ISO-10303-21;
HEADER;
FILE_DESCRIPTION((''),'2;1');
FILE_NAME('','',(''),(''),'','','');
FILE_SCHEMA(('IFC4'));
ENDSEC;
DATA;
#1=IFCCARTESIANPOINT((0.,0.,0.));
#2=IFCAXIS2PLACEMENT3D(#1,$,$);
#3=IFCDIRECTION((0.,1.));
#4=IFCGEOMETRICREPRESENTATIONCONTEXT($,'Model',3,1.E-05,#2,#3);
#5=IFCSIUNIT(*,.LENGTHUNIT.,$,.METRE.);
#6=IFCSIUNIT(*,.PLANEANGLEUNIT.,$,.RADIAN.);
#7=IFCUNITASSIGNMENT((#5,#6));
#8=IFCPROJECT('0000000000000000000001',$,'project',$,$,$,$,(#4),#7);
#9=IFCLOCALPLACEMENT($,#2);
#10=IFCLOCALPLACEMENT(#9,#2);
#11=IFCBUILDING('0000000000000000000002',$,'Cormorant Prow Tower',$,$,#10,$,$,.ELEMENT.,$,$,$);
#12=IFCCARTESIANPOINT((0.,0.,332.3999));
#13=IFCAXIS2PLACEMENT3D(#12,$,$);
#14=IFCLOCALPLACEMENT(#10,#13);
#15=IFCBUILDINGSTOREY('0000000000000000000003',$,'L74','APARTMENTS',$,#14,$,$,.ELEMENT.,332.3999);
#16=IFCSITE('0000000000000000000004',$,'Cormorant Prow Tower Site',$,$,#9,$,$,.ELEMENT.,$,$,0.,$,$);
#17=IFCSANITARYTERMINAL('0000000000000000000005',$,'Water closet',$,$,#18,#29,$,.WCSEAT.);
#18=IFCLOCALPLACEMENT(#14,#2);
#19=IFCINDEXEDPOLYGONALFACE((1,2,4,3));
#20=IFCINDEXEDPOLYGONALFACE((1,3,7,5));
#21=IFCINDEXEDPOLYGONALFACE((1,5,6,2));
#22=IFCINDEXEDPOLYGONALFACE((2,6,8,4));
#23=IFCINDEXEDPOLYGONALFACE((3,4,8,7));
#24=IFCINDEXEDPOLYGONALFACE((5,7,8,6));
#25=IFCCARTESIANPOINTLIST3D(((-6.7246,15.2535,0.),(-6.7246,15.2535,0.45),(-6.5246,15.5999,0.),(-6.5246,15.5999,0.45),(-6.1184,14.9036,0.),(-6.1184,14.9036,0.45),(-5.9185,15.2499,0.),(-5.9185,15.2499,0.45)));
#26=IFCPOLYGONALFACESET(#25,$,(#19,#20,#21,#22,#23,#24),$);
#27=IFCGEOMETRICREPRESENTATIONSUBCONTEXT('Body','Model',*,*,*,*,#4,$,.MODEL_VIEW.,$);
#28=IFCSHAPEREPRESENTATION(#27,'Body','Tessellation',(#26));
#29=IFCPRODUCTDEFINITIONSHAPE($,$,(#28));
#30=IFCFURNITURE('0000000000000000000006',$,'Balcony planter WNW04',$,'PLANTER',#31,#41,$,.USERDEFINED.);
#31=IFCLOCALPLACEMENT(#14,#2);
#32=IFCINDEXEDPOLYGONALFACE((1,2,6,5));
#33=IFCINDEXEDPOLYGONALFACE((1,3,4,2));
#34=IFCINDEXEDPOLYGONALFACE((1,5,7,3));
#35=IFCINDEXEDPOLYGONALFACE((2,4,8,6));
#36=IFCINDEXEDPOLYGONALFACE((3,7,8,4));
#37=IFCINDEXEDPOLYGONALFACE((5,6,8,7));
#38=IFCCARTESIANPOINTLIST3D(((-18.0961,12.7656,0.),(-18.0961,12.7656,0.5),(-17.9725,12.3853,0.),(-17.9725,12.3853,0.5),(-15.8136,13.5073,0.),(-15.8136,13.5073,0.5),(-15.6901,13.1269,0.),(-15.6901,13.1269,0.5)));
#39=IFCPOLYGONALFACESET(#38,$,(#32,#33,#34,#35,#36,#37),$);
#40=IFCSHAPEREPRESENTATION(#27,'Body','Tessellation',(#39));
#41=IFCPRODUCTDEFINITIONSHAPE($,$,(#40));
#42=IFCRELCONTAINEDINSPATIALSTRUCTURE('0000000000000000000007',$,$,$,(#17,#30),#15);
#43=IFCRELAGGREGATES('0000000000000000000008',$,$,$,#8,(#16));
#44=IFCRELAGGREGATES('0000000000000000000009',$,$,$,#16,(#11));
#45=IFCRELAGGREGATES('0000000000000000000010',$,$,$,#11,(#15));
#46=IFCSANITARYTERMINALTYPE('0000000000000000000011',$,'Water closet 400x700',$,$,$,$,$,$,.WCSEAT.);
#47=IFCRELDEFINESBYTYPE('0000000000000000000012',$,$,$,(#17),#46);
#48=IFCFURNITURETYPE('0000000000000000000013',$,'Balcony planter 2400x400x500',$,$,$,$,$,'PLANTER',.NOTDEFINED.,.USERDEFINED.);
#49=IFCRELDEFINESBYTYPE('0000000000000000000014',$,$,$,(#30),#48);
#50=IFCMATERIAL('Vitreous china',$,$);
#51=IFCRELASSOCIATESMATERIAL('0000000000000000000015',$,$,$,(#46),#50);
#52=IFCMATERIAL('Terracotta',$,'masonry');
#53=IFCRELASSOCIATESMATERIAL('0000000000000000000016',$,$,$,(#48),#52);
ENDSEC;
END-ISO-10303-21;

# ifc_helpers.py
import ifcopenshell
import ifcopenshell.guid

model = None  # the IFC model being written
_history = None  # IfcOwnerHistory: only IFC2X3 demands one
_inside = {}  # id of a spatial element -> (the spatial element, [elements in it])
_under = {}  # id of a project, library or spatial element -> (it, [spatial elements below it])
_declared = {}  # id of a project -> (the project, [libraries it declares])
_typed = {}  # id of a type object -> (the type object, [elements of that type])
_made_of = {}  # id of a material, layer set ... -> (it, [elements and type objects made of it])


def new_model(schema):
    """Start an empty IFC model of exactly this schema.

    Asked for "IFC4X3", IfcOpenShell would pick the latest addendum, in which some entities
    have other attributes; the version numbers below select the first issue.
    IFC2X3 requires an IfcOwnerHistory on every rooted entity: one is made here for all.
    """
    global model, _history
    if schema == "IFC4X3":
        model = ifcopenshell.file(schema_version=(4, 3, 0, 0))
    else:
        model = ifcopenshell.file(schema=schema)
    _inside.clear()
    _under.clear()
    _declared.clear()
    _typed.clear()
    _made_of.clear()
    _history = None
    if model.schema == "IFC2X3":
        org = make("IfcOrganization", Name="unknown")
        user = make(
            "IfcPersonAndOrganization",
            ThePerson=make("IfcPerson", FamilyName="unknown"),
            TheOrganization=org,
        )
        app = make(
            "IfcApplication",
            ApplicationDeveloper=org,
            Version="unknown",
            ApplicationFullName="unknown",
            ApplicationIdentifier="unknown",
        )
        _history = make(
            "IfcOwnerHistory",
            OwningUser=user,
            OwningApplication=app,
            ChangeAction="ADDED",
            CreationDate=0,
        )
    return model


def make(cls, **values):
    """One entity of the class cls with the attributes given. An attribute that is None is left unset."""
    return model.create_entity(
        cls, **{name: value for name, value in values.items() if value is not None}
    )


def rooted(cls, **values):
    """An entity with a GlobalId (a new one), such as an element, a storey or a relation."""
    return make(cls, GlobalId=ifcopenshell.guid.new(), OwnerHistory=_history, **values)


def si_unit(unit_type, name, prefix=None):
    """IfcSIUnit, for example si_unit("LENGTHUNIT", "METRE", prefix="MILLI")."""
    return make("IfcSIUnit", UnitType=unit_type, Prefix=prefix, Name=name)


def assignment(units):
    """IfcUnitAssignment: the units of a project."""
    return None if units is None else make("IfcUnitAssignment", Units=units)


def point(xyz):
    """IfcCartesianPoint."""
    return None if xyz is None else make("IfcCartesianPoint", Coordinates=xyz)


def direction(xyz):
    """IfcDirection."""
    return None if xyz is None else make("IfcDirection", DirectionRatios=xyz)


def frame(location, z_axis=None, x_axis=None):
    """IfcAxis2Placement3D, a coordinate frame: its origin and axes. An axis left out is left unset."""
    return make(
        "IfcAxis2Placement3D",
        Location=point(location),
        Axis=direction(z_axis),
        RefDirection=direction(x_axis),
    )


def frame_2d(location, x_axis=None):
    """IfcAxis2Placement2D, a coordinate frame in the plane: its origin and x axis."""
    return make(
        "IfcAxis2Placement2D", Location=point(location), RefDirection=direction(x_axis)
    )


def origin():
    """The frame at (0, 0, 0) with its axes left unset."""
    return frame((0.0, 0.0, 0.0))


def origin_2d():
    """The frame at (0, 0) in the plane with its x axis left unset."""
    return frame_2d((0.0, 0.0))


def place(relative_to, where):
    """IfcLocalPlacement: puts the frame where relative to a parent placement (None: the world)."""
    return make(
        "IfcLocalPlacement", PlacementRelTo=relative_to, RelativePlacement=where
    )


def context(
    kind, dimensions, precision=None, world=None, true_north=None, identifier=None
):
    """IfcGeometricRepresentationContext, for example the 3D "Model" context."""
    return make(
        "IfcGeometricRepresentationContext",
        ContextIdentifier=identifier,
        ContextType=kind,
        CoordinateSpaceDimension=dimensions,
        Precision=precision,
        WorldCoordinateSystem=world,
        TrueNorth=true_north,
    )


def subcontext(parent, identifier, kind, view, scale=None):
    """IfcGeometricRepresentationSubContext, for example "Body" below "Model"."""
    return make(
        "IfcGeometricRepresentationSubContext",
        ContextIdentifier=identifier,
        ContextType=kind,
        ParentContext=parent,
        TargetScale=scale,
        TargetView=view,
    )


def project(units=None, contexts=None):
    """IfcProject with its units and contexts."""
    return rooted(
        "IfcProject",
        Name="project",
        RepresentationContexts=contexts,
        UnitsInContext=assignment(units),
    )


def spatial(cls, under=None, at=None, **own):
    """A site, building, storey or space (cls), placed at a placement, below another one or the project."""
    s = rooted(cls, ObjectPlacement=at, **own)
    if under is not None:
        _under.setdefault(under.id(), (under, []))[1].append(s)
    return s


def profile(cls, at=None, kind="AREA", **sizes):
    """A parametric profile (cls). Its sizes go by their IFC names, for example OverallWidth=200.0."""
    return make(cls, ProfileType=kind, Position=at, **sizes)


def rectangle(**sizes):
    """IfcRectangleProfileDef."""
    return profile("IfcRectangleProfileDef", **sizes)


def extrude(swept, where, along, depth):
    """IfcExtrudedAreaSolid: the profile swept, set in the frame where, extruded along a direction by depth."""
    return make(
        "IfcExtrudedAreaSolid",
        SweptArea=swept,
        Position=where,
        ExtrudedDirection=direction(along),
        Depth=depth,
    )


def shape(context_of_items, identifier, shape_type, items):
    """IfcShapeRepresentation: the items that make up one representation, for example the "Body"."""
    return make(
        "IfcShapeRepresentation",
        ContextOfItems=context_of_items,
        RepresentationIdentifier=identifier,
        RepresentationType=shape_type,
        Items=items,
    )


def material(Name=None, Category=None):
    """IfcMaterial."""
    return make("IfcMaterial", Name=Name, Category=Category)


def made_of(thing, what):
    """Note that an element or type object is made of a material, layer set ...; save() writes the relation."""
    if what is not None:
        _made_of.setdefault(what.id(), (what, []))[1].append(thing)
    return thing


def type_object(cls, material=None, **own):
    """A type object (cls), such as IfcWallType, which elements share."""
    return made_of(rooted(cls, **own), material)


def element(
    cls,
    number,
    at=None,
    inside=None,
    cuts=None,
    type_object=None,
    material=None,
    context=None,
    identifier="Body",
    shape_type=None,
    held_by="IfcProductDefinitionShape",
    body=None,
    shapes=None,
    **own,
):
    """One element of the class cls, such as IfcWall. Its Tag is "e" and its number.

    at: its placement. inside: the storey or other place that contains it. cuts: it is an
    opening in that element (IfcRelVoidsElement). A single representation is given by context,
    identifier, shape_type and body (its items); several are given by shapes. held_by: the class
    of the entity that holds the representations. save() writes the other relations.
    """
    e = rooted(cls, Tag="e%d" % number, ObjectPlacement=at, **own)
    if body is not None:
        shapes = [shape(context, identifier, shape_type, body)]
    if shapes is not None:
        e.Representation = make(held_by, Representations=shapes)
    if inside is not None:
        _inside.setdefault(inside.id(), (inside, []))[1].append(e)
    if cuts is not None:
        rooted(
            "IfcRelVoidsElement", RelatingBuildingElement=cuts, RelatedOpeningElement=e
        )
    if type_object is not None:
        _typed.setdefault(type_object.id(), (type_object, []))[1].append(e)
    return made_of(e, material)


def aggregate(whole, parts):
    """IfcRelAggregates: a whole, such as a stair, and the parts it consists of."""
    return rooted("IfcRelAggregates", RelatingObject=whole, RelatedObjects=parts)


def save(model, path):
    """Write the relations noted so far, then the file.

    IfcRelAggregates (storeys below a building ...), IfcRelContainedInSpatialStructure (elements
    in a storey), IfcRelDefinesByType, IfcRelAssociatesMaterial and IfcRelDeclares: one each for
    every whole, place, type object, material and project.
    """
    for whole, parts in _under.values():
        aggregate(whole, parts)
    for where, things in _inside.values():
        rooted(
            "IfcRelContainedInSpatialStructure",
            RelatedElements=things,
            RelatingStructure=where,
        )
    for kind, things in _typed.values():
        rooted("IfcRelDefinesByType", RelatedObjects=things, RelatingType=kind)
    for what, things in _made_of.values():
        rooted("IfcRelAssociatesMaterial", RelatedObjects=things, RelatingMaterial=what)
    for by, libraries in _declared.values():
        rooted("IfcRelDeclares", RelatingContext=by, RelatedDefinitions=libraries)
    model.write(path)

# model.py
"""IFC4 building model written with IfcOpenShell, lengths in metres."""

from ifc_helpers import new_model, si_unit, direction, frame, origin, origin_2d, place, context, subcontext, project, spatial, rectangle, extrude, material, type_object, element, save


model = new_model("IFC4")

# Units and contexts
model_context = context("Model", 3, precision=1e-05, world=origin(), true_north=direction((0.0, 1.0)))
body_context = subcontext(model_context, "Body", "Model", "MODEL_VIEW")
ifc_project = project(units=[si_unit("LENGTHUNIT", "METRE"), si_unit("PLANEANGLEUNIT", "RADIAN")], contexts=[model_context])

# Site, building, storey
site_placement = place(None, origin())
site = spatial("IfcSite", under=ifc_project, at=site_placement, Name="Cormorant Prow Tower Site", CompositionType="ELEMENT", RefElevation=0.0)
building_placement = place(site_placement, origin())
building = spatial("IfcBuilding", under=site, at=building_placement, Name="Cormorant Prow Tower", CompositionType="ELEMENT")
storey_placement = place(building_placement, frame((0.0, 0.0, 332.3999)))
storey = spatial("IfcBuildingStorey", under=building, at=storey_placement, Name="L74", Description="APARTMENTS", CompositionType="ELEMENT", Elevation=332.3999)

# Sanitary terminal
ifc_material_1 = material(Name="Vitreous china")
sanitary_terminal_type_1 = type_object("IfcSanitaryTerminalType", Name="Water closet 400x700", PredefinedType="WCSEAT", material=ifc_material_1)
for number, where, z_axis, x_axis, name in (
    (1, (-6.3215, 15.2517, 0.0), (0.0, 0.0, 1.0), (-0.5, -0.866025, 0.0), "Water closet"),
):
    element("IfcSanitaryTerminal", number, at=place(storey_placement, frame(where, z_axis=z_axis, x_axis=x_axis)), inside=storey, type_object=sanitary_terminal_type_1, Name=name, PredefinedType="WCSEAT", context=body_context, shape_type="SweptSolid", body=[
        extrude(rectangle(XDim=0.3999, YDim=0.7, at=origin_2d()), origin(), (0.0, 0.0, 1.0), 0.45),
    ])

# Furniture
ifc_material_2 = material(Name="Terracotta", Category="masonry")
furniture_type = type_object("IfcFurnitureType", Name="Balcony planter 2400x400x500", ElementType="PLANTER", AssemblyPlace="NOTDEFINED", PredefinedType="USERDEFINED", material=ifc_material_2)
furniture_placement = place(storey_placement, frame((-16.8931, 12.9463, 0.0), z_axis=(0.0, 0.0, 1.0), x_axis=(-0.951057, -0.309017, 0.0)))
element("IfcFurniture", 2, at=furniture_placement, inside=storey, type_object=furniture_type, Name="Balcony planter WNW04", ObjectType="PLANTER", PredefinedType="USERDEFINED", context=body_context, shape_type="SweptSolid", body=[
    extrude(rectangle(XDim=2.3999, YDim=0.3999, at=origin_2d()), origin(), (0.0, 0.0, 1.0), 0.5),
])

save(model, "model.ifc")
